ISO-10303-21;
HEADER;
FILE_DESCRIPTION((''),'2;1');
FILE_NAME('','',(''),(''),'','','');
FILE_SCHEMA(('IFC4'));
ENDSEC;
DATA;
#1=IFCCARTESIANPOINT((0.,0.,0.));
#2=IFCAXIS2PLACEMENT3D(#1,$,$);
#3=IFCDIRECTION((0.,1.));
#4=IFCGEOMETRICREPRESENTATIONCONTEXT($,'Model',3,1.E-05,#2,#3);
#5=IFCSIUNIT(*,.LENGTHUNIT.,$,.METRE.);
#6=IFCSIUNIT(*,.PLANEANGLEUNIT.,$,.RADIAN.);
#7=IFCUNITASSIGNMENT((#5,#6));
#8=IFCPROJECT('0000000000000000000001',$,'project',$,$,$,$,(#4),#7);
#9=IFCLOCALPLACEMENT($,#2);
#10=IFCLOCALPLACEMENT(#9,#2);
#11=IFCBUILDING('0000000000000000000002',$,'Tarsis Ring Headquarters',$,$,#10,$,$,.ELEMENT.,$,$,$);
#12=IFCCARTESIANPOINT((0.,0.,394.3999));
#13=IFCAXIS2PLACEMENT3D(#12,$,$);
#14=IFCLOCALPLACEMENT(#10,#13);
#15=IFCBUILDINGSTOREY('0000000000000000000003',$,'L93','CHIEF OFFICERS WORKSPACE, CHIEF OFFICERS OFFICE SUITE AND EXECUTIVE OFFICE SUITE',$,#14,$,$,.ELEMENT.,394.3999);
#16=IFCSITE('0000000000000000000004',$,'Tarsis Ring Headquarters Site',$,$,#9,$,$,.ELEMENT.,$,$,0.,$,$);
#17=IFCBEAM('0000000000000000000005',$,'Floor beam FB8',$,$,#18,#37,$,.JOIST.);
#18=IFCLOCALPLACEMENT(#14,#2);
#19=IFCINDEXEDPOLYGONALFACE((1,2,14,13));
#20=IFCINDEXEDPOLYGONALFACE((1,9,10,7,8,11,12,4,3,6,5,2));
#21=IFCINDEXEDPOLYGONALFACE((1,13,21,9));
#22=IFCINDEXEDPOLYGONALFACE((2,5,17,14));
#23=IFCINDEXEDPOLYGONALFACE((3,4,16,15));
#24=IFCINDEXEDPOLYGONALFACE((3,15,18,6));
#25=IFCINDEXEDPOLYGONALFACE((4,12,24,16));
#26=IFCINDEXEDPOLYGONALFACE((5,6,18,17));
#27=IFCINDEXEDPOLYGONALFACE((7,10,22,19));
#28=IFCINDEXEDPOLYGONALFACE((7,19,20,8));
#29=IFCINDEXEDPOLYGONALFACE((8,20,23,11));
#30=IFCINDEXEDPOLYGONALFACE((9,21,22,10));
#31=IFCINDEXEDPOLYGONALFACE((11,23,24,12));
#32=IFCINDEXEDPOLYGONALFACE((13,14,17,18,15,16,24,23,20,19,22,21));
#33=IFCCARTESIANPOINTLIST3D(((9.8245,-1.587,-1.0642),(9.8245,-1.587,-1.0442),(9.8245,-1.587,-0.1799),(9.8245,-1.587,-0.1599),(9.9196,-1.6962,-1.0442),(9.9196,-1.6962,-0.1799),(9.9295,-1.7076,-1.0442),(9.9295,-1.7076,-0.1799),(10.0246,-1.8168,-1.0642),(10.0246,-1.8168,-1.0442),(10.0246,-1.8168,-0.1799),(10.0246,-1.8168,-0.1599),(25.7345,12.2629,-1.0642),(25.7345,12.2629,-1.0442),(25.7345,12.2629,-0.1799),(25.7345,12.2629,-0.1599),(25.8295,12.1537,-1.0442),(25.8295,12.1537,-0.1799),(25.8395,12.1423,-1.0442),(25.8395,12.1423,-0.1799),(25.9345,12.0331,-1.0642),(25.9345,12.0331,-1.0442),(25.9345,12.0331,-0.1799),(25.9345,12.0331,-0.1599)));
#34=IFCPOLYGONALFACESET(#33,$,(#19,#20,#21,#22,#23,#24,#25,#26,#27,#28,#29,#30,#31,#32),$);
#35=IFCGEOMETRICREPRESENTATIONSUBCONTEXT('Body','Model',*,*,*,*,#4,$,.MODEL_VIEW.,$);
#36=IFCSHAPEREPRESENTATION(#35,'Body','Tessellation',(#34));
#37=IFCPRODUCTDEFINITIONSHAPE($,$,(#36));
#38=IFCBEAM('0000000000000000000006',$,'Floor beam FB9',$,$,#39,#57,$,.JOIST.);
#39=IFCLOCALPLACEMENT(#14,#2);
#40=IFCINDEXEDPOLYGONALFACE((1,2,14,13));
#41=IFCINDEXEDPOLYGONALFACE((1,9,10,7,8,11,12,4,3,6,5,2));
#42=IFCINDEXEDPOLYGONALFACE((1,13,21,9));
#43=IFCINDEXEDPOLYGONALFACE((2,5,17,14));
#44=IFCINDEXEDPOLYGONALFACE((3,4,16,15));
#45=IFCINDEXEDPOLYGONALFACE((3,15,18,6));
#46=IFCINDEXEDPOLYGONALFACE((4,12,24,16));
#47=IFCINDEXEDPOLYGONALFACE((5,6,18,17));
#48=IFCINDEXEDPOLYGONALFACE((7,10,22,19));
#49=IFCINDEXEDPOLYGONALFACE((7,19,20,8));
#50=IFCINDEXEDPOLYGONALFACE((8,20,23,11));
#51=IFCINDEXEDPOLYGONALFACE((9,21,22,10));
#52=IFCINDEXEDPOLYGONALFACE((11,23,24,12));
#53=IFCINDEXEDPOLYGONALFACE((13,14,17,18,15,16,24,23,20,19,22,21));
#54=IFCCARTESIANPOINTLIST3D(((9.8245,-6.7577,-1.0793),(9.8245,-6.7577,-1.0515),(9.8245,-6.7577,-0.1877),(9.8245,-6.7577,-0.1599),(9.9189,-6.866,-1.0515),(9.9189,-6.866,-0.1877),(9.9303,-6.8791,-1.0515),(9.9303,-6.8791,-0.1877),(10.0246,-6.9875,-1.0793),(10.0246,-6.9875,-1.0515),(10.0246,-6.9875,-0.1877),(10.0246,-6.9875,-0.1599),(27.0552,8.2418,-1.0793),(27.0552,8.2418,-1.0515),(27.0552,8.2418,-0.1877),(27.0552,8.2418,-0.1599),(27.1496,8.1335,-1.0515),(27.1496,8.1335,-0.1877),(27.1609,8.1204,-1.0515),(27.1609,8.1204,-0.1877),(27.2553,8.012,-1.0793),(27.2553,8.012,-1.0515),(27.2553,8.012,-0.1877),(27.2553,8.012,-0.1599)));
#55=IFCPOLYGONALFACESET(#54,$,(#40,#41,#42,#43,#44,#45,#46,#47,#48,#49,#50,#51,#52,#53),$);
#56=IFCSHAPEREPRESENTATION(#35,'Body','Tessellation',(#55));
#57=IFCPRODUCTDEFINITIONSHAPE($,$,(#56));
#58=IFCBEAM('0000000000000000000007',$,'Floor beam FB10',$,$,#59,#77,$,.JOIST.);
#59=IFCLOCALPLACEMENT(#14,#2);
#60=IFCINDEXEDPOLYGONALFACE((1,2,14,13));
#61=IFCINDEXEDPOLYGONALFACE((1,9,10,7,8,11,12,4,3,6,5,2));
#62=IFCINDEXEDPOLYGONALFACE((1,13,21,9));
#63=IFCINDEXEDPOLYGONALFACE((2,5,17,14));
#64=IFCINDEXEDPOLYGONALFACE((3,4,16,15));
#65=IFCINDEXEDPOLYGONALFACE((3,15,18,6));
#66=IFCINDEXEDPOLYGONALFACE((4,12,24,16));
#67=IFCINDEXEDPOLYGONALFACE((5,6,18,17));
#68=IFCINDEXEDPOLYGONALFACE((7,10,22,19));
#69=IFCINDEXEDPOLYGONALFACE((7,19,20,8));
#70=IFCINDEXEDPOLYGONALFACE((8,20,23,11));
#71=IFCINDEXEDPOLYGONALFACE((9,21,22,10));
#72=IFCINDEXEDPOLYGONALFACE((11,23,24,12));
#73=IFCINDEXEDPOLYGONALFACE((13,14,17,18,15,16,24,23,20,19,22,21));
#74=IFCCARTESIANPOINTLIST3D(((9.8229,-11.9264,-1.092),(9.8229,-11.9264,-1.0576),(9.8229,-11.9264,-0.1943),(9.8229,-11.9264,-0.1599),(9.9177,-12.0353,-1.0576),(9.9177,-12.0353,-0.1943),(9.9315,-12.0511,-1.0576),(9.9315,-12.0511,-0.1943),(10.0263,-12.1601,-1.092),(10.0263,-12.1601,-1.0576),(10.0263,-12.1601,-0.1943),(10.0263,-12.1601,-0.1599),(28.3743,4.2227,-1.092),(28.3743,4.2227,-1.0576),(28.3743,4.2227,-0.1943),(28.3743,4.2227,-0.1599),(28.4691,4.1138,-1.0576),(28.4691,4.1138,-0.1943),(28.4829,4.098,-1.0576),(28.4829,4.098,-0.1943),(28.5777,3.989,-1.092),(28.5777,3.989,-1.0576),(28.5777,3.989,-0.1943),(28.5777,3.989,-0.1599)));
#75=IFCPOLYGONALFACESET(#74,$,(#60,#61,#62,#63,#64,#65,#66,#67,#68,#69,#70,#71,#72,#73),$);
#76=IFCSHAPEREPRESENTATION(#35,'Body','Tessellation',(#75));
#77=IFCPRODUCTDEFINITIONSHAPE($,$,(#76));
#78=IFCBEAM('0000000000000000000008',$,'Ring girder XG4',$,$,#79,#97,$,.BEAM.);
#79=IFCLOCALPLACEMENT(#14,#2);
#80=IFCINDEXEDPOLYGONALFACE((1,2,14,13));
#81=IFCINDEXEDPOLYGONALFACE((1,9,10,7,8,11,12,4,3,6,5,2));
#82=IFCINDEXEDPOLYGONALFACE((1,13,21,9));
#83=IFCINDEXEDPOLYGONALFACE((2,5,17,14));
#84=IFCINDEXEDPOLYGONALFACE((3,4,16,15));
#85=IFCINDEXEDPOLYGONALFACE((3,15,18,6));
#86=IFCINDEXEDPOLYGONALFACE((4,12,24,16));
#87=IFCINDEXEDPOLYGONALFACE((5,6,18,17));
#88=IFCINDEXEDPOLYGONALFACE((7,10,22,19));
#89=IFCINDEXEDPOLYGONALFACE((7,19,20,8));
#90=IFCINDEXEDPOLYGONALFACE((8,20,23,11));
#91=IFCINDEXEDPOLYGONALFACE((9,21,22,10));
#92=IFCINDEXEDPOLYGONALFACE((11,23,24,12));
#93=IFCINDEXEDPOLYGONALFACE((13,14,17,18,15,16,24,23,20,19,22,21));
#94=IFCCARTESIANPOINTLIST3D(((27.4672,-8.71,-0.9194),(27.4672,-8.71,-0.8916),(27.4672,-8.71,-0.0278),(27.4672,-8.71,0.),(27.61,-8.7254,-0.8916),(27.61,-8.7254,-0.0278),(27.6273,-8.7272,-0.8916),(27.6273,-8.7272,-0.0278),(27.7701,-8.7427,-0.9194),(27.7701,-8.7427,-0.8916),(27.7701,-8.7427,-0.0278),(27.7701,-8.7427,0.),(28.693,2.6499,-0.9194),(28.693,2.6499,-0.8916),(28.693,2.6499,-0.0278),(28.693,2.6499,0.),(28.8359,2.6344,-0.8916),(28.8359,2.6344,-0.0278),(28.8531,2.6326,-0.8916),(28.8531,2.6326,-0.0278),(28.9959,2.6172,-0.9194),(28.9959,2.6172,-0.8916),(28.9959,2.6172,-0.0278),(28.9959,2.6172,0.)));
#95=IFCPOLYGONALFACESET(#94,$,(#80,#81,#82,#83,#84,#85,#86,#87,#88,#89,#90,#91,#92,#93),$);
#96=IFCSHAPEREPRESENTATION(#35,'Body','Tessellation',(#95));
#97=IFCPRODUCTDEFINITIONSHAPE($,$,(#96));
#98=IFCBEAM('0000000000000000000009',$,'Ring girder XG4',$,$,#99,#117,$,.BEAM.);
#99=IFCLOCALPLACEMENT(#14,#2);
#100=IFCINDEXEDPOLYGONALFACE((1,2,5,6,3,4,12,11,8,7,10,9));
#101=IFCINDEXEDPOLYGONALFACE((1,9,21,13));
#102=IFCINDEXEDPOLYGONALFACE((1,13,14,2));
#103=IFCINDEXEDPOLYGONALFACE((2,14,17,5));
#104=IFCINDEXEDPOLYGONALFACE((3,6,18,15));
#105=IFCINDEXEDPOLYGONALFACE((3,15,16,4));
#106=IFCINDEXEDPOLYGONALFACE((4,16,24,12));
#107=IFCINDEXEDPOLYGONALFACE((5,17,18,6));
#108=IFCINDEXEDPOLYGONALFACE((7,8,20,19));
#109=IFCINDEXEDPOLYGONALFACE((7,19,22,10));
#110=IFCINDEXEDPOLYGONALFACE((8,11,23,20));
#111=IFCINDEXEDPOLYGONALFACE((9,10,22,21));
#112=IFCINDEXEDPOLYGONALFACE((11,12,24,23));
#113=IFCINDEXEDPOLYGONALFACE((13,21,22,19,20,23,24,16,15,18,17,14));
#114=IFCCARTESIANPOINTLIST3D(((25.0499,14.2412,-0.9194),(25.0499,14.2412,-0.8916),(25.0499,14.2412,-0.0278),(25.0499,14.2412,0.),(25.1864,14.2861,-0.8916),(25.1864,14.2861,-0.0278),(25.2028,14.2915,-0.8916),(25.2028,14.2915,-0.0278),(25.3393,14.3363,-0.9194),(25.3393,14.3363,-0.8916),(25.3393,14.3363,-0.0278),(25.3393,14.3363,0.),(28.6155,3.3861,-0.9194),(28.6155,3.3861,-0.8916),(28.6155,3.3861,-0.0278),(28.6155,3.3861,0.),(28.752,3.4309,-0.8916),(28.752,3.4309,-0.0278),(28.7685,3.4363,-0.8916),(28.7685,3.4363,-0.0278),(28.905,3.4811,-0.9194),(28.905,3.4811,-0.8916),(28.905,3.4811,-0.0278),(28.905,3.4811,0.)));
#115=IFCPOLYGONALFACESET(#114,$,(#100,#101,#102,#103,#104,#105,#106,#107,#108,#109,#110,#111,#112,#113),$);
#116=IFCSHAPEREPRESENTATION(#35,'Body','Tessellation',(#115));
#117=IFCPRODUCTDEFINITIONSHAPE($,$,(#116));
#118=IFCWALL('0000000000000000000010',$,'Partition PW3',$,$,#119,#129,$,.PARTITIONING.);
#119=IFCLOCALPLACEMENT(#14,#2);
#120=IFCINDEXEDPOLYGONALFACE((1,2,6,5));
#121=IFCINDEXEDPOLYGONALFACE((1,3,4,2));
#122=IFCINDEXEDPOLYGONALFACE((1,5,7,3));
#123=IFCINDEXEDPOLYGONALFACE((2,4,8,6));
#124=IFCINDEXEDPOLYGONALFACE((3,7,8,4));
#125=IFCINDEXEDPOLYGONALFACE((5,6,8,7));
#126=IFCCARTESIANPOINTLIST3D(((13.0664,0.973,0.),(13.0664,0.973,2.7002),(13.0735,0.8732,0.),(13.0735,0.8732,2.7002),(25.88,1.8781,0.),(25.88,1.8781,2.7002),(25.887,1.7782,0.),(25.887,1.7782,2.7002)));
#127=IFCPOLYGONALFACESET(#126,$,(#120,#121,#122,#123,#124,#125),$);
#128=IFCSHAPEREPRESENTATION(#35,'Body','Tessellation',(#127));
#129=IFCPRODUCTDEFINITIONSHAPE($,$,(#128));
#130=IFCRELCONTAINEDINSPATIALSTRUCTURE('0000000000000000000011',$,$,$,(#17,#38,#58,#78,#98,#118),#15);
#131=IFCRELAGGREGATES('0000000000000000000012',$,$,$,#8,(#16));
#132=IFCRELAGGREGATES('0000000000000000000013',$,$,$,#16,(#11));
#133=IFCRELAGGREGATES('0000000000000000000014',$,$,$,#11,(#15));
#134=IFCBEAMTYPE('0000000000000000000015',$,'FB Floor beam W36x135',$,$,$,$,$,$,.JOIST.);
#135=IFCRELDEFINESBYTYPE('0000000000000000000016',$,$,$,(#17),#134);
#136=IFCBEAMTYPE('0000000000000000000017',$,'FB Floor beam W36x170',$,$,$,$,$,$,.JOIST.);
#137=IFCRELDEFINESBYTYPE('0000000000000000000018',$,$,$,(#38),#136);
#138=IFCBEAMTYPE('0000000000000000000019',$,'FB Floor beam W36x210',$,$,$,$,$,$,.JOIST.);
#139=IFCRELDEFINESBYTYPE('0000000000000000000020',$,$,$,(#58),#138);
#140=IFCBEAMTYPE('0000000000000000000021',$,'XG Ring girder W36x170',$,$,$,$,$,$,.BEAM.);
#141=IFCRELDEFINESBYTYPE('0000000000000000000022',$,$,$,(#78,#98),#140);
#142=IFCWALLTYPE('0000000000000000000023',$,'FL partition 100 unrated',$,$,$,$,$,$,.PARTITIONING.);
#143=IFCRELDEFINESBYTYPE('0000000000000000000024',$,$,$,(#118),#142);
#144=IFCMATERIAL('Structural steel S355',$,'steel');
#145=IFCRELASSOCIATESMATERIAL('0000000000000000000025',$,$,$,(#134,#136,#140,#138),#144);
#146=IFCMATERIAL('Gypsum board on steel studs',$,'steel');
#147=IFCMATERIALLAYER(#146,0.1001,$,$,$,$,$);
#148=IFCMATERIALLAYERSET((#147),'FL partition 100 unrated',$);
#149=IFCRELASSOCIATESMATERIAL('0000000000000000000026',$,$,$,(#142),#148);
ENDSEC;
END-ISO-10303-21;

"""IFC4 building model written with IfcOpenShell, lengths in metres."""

from ifc_helpers import new_model, si_unit, direction, frame, frame_2d, origin, origin_2d, place, context, subcontext, project, spatial, rectangle, i_section, extrude, material, layer, layer_set, material_profile, profile_set, type_object, element, save


model = new_model("IFC4")

# Units and contexts
model_context = context("Model", 3, precision=1e-05, world=origin(), true_north=direction((0.0, 1.0)))
body_context = subcontext(model_context, "Body", "Model", "MODEL_VIEW")
ifc_project = project(units=[si_unit("LENGTHUNIT", "METRE"), si_unit("PLANEANGLEUNIT", "RADIAN")], contexts=[model_context])

# Site, building, storey
site_placement = place(None, origin())
site = spatial("IfcSite", under=ifc_project, at=site_placement, Name="Tarsis Ring Headquarters Site", CompositionType="ELEMENT", RefElevation=0.0)
building_placement = place(site_placement, origin())
building = spatial("IfcBuilding", under=site, at=building_placement, Name="Tarsis Ring Headquarters", CompositionType="ELEMENT")
storey_placement = place(building_placement, frame((0.0, 0.0, 394.3999)))
storey = spatial("IfcBuildingStorey", under=building, at=storey_placement, Name="L93", Description="CHIEF OFFICERS WORKSPACE, CHIEF OFFICERS OFFICE SUITE AND EXECUTIVE OFFICE SUITE", CompositionType="ELEMENT", Elevation=394.3999)

# Shared definitions
ifc_material_1 = material(Name="Structural steel S355", Category="steel")

# Beams
ifc_material_profile_1 = material_profile(ifc_material_1, i_section(OverallWidth=0.3047, OverallDepth=0.9043, WebThickness=0.0151, FlangeThickness=0.02, at=origin_2d()), Name="W36x135")
ifc_profile_set_1 = profile_set([ifc_material_profile_1], Name="Structural steel S355")
beam_type_1 = type_object("IfcBeamType", Name="FB Floor beam W36x135", PredefinedType="JOIST", material=ifc_profile_set_1)
beam_1_placement = place(storey_placement, frame((9.9246, -1.7019, -0.6121), z_axis=(0.75425, 0.656588, 0.0), x_axis=(-0.656588, 0.75425, 0.0)))
element("IfcBeam", 1, at=beam_1_placement, inside=storey, type_object=beam_type_1, Name="Floor beam FB8", PredefinedType="JOIST", context=body_context, shape_type="SweptSolid", body=[
    extrude(i_section(OverallWidth=0.3047, OverallDepth=0.9043, WebThickness=0.0151, FlangeThickness=0.02, at=origin_2d()), origin(), (0.0, 0.0, 1.0), 21.0938),
])
ifc_material_profile_2 = material_profile(ifc_material_1, i_section(OverallWidth=0.3047, OverallDepth=0.9194, WebThickness=0.0173, FlangeThickness=0.0278, at=origin_2d()), Name="W36x170")
ifc_profile_set_2 = profile_set([ifc_material_profile_2], Name="Structural steel S355")
beam_type_2 = type_object("IfcBeamType", Name="FB Floor beam W36x170", PredefinedType="JOIST", material=ifc_profile_set_2)
beam_2_placement = place(storey_placement, frame((9.9246, -6.8726, -0.6196), z_axis=(0.754252, 0.656584, 0.0), x_axis=(-0.656584, 0.754252, 0.0)))
element("IfcBeam", 2, at=beam_2_placement, inside=storey, type_object=beam_type_2, Name="Floor beam FB9", PredefinedType="JOIST", context=body_context, shape_type="SweptSolid", body=[
    extrude(i_section(OverallWidth=0.3047, OverallDepth=0.9194, WebThickness=0.0173, FlangeThickness=0.0278, at=origin_2d()), origin(), (0.0, 0.0, 1.0), 22.8447),
])
ifc_material_profile_3 = material_profile(ifc_material_1, i_section(OverallWidth=0.3098, OverallDepth=0.9321, WebThickness=0.021, FlangeThickness=0.0344, at=origin_2d()), Name="W36x210")
ifc_profile_set_3 = profile_set([ifc_material_profile_3], Name="Structural steel S355")
beam_type_3 = type_object("IfcBeamType", Name="FB Floor beam W36x210", PredefinedType="JOIST", material=ifc_profile_set_3)
beam_3_placement = place(storey_placement, frame((9.9246, -12.0432, -0.626), z_axis=(0.754255, 0.656582, 0.0), x_axis=(-0.656582, 0.754255, 0.0)))
element("IfcBeam", 3, at=beam_3_placement, inside=storey, type_object=beam_type_3, Name="Floor beam FB10", PredefinedType="JOIST", context=body_context, shape_type="SweptSolid", body=[
    extrude(i_section(OverallWidth=0.3098, OverallDepth=0.9321, WebThickness=0.021, FlangeThickness=0.0344, at=origin_2d()), origin(), (0.0, 0.0, 1.0), 24.5957),
])
beam_type_4 = type_object("IfcBeamType", Name="XG Ring girder W36x170", PredefinedType="BEAM", material=ifc_profile_set_2)
for number, where, z_axis, x_axis, name in (
    (4, (27.6187, -8.7263, -0.4597), (0.107286, 0.994228, 0.0), (-0.994228, 0.107286, 0.0), "Ring girder XG4"),
    (5, (28.7603, 3.4336, -0.4597), (-0.312071, 0.950059, 0.0), (-0.950059, -0.312071, 0.0), "Ring girder XG4"),
):
    element("IfcBeam", number, at=place(storey_placement, frame(where, z_axis=z_axis, x_axis=x_axis)), inside=storey, type_object=beam_type_4, Name=name, PredefinedType="BEAM", context=body_context, shape_type="SweptSolid", body=[
        extrude(i_section(OverallWidth=0.3047, OverallDepth=0.9194, WebThickness=0.0173, FlangeThickness=0.0278, at=origin_2d()), origin(), (0.0, 0.0, 1.0), 11.4258),
    ])

# Wall
ifc_material_2 = material(Name="Gypsum board on steel studs", Category="steel")
ifc_layer_1 = layer(ifc_material_2, 0.1001)
ifc_layer_set_1 = layer_set([ifc_layer_1], Name="FL partition 100 unrated")
wall_type_1 = type_object("IfcWallType", Name="FL partition 100 unrated", PredefinedType="PARTITIONING", material=ifc_layer_set_1)
wall_1_placement = place(storey_placement, frame((13.0698, 0.9231, 0.0), z_axis=(0.0, 0.0, 1.0), x_axis=(0.997515, 0.070456, 0.0)))
element("IfcWall", 6, at=wall_1_placement, inside=storey, type_object=wall_type_1, Name="Partition PW3", PredefinedType="PARTITIONING", context=body_context, shape_type="SweptSolid", body=[
    extrude(rectangle(XDim=12.8455, YDim=0.1001, at=frame_2d((6.4229, 0.0))), origin(), (0.0, 0.0, 1.0), 2.7002),
])

save(model, "model.ifc")
